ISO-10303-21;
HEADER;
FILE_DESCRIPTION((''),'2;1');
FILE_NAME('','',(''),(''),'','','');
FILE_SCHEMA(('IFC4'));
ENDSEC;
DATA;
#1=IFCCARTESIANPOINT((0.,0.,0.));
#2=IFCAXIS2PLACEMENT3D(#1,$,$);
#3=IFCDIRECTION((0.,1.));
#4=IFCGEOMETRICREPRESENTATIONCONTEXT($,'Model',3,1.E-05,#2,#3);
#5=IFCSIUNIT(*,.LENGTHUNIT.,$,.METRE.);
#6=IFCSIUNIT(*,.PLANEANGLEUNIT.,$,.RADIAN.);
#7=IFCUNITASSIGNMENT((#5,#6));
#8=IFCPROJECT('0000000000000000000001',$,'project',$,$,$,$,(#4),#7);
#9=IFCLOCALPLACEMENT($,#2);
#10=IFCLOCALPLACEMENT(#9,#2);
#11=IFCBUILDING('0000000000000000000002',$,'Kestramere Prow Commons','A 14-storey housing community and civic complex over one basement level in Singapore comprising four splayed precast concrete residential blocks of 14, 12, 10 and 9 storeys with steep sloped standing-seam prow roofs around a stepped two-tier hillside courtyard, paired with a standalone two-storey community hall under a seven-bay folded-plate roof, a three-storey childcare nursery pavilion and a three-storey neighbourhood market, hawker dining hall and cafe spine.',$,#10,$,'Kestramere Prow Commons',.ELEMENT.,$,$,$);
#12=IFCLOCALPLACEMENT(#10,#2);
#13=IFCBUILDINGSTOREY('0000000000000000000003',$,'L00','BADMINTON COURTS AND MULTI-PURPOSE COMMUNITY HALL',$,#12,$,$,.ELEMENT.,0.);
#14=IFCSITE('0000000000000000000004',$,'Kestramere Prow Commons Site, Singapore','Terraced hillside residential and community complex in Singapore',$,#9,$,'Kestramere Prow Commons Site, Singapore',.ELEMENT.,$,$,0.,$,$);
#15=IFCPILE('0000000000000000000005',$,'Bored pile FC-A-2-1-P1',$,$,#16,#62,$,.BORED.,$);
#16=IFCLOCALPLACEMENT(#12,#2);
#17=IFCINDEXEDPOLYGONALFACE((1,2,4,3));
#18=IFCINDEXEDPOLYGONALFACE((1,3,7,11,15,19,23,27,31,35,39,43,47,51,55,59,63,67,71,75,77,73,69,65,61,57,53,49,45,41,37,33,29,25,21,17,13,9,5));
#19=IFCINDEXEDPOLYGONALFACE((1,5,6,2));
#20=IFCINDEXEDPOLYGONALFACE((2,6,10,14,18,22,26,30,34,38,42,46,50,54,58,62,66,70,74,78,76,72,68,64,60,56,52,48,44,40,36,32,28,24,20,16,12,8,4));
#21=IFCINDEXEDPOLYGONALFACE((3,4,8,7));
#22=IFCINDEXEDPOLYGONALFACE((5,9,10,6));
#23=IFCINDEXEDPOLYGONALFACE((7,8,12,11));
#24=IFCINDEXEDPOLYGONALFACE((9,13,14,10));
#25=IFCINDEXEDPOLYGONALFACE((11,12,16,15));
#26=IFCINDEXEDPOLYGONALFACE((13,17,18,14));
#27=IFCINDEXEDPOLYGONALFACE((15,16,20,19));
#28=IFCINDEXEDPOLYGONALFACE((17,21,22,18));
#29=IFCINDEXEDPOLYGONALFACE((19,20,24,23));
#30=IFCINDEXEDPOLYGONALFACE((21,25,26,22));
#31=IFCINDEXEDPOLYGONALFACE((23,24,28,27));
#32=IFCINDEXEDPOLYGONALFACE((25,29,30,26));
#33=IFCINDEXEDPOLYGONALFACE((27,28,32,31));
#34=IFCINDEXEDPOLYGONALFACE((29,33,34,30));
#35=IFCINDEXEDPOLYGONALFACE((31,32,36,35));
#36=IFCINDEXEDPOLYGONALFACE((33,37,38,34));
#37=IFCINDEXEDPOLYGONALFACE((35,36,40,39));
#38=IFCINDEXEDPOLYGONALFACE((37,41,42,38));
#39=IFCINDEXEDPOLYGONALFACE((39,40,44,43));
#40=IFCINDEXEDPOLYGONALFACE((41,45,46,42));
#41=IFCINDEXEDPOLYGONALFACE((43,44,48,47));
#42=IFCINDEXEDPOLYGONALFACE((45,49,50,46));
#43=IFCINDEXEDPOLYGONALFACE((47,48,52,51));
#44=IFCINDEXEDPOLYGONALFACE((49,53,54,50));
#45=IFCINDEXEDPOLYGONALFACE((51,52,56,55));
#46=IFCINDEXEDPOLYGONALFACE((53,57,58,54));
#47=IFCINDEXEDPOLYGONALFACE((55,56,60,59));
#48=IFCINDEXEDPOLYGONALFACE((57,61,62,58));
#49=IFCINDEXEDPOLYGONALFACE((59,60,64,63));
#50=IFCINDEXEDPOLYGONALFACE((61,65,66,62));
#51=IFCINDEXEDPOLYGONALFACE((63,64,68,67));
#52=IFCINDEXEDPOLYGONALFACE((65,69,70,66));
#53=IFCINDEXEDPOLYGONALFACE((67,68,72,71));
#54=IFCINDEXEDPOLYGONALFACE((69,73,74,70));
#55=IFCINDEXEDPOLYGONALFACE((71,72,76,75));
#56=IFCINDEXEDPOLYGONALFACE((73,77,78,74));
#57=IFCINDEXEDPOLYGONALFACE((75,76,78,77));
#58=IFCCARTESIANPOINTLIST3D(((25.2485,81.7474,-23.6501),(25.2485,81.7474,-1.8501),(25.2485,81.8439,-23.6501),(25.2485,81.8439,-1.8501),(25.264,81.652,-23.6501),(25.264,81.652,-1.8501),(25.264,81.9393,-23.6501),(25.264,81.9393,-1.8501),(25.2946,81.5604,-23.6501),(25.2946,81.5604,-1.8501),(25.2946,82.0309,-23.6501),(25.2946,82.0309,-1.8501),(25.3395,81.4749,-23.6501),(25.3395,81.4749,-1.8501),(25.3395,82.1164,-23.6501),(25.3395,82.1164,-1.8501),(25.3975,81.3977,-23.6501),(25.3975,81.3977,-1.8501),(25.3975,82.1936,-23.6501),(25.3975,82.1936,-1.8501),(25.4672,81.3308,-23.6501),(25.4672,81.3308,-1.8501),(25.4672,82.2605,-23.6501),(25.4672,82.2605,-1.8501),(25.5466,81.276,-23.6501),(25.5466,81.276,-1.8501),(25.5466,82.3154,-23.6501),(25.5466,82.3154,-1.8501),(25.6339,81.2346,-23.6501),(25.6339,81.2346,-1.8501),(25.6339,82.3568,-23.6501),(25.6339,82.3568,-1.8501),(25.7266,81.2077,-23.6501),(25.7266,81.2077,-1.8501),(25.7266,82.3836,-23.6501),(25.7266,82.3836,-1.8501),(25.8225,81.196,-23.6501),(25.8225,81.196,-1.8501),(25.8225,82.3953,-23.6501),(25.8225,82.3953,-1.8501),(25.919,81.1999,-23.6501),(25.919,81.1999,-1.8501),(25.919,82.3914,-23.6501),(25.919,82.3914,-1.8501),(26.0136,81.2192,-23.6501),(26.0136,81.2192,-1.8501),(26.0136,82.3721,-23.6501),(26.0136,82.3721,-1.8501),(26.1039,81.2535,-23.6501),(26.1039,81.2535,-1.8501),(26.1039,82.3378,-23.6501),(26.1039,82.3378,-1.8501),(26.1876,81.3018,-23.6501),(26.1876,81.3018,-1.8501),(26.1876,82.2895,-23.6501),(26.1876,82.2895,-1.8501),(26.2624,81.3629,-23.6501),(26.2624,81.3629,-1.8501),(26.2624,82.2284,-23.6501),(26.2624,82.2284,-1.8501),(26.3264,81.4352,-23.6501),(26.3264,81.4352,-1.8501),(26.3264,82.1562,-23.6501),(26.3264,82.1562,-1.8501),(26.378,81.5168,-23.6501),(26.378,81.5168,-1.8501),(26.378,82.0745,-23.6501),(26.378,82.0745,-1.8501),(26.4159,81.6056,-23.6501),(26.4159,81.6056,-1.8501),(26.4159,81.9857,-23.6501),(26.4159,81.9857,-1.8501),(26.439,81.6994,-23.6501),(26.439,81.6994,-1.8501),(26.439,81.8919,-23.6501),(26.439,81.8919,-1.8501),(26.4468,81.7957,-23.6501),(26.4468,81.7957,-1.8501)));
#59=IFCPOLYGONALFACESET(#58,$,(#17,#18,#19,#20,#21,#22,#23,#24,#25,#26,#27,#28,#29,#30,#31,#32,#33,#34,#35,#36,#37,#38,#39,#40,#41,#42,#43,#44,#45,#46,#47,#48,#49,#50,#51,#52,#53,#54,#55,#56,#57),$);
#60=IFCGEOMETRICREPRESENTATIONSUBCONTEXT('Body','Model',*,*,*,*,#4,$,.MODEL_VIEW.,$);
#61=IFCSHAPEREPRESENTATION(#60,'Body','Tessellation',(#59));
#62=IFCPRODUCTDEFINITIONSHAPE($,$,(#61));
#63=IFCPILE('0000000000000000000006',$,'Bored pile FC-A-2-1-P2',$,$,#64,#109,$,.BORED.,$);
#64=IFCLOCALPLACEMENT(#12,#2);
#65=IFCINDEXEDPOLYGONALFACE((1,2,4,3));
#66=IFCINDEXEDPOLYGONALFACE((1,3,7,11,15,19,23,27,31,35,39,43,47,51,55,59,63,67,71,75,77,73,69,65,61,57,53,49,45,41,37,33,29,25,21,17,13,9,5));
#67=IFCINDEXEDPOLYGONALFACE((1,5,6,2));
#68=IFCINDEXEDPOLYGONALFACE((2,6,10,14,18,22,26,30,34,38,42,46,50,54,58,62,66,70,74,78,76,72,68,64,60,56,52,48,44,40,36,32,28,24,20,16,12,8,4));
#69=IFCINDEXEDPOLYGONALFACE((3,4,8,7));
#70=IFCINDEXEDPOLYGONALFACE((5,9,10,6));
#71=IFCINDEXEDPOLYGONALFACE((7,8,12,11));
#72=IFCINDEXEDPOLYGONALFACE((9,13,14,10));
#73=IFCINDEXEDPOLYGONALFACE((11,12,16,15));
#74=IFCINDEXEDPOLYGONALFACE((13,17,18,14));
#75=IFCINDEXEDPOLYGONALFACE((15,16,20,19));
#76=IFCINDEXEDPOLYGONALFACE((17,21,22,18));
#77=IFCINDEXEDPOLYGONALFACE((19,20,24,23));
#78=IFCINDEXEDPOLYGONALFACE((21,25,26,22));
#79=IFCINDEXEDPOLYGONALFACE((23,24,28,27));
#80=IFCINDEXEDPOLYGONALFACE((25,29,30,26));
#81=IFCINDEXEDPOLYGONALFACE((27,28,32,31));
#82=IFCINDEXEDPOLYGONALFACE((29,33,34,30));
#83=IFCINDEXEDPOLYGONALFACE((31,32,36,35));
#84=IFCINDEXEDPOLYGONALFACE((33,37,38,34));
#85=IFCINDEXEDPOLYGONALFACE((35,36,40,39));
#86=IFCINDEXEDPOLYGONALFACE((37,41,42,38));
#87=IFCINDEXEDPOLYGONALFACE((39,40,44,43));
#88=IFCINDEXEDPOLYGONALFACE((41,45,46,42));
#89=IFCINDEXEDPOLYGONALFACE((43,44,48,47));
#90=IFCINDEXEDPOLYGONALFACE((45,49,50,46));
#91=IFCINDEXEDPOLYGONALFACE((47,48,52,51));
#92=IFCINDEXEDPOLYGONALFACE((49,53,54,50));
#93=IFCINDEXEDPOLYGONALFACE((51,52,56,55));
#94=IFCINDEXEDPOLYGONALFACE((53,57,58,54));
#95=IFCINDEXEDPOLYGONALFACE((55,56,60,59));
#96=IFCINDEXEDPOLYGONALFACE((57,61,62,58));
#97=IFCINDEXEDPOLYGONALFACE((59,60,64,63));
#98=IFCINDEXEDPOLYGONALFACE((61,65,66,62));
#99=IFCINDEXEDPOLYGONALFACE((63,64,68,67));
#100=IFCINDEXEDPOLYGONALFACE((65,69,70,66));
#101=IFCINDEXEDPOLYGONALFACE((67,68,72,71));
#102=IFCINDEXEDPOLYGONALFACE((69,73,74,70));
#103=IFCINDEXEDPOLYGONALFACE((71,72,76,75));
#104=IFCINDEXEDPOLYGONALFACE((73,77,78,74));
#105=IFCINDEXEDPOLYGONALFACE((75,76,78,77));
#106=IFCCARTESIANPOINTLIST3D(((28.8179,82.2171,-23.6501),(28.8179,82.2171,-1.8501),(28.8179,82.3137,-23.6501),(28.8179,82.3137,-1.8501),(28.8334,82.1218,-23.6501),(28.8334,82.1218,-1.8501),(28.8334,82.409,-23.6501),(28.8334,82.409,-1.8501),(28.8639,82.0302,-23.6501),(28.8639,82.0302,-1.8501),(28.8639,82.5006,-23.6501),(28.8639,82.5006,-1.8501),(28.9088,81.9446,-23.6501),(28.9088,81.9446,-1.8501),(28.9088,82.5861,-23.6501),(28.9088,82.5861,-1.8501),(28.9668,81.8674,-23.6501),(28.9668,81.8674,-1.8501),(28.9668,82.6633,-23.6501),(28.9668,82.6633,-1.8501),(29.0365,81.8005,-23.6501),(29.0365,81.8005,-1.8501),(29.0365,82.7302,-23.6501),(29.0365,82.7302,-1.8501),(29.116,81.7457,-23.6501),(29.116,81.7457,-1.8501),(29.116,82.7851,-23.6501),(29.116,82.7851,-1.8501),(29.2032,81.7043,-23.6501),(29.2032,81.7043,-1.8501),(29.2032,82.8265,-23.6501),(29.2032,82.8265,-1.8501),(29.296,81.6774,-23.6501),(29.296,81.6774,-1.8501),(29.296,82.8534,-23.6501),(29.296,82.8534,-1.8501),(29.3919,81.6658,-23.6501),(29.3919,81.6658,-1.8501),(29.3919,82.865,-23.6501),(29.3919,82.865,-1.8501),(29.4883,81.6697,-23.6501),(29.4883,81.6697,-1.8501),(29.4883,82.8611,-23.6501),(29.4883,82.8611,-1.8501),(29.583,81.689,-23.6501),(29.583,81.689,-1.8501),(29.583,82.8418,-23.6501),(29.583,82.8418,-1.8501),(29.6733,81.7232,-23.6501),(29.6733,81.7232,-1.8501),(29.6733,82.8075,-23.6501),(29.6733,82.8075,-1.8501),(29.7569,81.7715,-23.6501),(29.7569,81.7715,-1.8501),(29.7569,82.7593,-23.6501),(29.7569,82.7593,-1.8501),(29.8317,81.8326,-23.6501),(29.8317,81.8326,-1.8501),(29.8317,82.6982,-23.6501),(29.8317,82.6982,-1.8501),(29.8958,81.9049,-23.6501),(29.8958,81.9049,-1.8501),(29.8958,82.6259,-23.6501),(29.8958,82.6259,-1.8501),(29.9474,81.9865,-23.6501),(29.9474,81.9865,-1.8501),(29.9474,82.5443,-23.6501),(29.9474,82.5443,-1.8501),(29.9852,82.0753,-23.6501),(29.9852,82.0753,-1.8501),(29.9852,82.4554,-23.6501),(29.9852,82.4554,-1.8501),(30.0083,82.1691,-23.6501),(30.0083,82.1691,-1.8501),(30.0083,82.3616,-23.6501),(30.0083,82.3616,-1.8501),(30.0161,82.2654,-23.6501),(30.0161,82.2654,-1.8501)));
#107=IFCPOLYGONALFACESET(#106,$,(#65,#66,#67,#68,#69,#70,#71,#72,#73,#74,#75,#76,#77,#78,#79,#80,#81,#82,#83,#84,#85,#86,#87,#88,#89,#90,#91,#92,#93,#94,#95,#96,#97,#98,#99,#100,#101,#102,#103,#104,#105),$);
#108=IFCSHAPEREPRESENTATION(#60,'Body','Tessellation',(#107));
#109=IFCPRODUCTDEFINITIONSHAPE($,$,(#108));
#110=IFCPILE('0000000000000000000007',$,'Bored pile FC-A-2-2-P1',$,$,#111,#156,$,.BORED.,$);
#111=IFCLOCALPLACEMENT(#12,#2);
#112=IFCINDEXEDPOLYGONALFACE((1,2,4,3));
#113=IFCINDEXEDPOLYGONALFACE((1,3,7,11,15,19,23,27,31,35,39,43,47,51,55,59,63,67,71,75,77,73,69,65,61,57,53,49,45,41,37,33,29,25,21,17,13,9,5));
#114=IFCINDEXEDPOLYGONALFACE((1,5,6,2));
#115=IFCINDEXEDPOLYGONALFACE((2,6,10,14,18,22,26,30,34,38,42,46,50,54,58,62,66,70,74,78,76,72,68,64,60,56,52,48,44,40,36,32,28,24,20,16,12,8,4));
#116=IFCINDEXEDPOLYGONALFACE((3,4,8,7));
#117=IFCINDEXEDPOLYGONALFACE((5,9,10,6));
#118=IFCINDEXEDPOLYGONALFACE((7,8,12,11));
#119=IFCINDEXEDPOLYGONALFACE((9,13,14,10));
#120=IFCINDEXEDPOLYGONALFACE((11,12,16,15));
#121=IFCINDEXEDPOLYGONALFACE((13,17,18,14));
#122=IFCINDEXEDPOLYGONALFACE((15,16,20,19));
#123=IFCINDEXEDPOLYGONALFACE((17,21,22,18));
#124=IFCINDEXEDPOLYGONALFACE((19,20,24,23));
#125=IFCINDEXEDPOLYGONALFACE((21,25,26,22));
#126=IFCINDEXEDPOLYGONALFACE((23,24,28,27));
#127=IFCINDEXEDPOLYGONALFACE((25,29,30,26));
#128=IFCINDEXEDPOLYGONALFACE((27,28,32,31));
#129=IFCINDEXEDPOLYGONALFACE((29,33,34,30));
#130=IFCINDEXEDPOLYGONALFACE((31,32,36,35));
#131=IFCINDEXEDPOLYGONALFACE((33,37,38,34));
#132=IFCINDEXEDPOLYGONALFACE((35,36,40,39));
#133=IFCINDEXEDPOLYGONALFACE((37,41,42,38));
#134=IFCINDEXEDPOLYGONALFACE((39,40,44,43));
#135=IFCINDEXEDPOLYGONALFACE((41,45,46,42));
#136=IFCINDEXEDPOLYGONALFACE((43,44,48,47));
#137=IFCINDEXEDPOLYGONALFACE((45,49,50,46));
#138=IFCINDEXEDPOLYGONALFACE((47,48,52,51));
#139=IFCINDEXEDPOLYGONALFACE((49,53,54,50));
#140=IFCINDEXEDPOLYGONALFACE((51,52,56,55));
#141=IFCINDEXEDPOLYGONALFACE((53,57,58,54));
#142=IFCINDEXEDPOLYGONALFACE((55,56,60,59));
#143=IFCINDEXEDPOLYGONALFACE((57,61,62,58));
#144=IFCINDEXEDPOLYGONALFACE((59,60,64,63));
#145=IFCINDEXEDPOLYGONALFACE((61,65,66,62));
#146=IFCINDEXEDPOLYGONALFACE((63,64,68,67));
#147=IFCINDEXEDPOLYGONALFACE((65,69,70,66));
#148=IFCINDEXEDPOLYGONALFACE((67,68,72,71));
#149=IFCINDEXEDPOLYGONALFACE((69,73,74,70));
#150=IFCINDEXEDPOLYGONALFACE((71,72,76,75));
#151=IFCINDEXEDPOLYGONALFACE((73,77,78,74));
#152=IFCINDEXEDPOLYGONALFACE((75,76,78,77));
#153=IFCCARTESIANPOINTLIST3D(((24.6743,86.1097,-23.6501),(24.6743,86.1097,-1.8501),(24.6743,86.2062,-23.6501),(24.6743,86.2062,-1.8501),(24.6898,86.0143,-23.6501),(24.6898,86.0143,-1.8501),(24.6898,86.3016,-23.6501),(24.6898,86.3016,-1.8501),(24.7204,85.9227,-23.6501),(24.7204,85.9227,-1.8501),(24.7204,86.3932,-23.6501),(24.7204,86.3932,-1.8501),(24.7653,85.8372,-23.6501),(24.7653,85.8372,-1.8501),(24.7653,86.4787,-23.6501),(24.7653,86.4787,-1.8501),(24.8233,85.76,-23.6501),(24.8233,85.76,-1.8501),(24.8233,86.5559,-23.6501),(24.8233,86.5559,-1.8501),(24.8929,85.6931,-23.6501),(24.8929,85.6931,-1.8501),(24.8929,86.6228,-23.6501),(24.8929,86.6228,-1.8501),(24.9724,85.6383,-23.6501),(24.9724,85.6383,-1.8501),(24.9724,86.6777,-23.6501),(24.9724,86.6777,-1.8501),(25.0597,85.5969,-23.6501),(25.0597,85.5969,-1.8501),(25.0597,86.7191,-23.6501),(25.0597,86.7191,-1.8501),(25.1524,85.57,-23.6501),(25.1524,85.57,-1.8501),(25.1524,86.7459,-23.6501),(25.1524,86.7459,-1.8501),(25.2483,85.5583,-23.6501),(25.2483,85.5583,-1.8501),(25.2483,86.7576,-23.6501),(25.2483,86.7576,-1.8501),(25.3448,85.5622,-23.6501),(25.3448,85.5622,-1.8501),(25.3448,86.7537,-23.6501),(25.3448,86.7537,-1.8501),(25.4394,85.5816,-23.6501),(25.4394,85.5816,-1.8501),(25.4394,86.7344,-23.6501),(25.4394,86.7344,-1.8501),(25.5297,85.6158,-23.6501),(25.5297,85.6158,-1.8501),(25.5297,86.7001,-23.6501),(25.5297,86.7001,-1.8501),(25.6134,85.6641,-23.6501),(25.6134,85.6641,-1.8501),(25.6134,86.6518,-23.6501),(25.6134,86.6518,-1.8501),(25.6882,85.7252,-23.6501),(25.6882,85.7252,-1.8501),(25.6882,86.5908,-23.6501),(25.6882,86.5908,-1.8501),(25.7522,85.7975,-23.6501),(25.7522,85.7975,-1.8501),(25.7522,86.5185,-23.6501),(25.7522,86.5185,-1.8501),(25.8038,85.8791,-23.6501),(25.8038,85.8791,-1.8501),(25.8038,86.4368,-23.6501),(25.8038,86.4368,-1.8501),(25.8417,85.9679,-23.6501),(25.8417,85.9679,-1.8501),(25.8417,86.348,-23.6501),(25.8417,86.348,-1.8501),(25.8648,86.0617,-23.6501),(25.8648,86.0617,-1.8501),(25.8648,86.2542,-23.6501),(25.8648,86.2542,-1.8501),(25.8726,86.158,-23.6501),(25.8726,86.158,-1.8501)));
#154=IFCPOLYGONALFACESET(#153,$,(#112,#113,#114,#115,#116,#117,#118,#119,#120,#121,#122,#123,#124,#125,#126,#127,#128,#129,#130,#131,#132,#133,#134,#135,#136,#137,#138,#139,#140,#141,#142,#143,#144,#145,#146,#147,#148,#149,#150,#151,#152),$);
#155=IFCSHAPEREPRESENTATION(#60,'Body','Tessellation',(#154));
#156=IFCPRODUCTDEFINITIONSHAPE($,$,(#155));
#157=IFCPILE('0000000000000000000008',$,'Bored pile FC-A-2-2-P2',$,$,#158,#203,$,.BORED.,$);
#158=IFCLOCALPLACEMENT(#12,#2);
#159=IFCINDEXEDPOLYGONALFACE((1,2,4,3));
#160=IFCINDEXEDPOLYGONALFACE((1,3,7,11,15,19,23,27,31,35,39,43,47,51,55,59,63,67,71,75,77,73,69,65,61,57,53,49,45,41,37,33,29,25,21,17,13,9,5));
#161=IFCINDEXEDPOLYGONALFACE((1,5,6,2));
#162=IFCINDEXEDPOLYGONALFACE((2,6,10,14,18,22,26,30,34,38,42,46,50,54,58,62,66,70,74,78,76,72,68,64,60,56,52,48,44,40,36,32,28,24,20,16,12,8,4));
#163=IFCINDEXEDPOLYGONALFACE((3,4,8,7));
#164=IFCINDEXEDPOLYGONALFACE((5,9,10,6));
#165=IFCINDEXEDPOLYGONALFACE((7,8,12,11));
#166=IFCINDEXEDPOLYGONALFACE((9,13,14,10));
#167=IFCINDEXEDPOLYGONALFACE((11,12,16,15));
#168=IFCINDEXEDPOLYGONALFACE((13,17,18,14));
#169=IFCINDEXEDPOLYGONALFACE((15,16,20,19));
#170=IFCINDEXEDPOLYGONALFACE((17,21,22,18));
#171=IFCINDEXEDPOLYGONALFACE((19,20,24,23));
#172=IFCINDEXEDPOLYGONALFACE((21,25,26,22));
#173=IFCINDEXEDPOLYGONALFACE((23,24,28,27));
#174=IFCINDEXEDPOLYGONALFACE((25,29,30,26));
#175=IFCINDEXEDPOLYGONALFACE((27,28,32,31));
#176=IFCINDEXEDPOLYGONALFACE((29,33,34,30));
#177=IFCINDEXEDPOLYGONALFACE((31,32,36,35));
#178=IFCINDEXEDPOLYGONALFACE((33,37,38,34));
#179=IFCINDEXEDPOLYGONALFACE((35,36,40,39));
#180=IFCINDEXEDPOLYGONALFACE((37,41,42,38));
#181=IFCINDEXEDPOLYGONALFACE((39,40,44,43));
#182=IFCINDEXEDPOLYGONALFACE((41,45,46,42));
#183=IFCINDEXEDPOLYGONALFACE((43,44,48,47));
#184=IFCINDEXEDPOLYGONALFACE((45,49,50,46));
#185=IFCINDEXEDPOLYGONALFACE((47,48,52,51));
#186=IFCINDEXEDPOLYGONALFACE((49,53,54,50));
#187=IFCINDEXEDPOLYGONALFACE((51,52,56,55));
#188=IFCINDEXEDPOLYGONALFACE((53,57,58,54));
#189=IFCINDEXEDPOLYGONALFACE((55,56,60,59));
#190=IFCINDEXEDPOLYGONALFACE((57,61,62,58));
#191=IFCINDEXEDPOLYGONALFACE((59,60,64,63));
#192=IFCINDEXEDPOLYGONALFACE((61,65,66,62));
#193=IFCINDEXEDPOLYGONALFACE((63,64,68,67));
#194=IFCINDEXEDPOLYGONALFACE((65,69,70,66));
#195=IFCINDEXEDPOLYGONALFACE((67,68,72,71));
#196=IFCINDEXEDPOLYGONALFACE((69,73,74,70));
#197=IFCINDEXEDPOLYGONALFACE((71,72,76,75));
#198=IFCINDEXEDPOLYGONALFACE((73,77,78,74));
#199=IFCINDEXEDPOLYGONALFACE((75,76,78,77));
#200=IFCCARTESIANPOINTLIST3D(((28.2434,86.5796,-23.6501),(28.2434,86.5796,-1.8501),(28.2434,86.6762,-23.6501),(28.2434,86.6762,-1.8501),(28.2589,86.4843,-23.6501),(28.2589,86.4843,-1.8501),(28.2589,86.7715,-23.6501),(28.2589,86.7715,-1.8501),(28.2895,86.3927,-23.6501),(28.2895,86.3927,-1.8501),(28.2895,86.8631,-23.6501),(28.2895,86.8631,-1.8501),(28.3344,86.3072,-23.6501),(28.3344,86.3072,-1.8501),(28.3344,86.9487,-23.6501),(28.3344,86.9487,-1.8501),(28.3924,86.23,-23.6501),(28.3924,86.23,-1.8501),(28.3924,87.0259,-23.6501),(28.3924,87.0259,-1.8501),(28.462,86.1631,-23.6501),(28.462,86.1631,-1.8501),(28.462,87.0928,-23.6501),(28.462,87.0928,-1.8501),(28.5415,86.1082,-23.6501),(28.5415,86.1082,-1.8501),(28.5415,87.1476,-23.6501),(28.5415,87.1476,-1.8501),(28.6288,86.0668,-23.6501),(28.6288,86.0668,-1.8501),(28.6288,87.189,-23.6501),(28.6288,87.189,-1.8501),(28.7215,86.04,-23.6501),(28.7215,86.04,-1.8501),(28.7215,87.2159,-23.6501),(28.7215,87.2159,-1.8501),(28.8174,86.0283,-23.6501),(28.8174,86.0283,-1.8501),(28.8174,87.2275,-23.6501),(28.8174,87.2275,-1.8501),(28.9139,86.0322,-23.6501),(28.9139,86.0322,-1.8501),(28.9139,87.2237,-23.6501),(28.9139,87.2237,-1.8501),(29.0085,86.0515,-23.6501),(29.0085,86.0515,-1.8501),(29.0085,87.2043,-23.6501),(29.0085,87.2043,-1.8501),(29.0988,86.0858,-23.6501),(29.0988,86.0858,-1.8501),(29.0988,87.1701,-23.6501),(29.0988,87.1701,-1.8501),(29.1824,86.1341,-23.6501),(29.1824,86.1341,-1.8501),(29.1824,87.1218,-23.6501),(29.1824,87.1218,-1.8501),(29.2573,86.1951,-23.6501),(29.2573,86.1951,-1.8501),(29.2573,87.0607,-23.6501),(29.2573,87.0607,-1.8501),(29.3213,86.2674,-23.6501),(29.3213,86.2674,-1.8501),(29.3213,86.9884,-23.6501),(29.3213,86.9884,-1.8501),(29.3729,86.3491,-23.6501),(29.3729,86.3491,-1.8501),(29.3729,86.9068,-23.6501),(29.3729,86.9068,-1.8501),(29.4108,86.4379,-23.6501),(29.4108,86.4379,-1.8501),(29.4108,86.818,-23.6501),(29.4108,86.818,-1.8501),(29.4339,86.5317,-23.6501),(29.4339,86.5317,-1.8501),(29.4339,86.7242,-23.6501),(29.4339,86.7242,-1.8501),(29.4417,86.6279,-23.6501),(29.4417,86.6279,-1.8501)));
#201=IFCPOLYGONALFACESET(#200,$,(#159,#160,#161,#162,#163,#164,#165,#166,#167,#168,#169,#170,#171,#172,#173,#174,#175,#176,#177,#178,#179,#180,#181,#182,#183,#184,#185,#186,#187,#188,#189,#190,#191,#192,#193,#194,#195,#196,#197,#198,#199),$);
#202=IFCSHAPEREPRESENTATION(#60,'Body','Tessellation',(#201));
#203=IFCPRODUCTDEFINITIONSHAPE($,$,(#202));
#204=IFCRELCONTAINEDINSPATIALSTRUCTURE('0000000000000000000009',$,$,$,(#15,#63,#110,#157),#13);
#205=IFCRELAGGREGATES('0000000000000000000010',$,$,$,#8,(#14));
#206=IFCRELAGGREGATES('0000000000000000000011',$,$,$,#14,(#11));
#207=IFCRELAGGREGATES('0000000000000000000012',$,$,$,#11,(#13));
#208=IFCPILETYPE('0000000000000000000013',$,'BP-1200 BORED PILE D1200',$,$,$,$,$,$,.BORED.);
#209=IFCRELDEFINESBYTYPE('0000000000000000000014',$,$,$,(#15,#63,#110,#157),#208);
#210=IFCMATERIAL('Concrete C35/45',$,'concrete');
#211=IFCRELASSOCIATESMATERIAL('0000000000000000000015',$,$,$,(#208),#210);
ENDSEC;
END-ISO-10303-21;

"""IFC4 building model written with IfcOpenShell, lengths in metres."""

from ifc_helpers import new_model, si_unit, direction, frame, origin, origin_2d, place, context, subcontext, project, spatial, circle, extrude, material, material_profile, profile_set, type_object, element, save


model = new_model("IFC4")

# Units and contexts
model_context = context("Model", 3, precision=1e-05, world=origin(), true_north=direction((0.0, 1.0)))
body_context = subcontext(model_context, "Body", "Model", "MODEL_VIEW")
ifc_project = project(units=[si_unit("LENGTHUNIT", "METRE"), si_unit("PLANEANGLEUNIT", "RADIAN")], contexts=[model_context])

# Site, building, storey
site_placement = place(None, origin())
site = spatial("IfcSite", under=ifc_project, at=site_placement, Name="Kestramere Prow Commons Site, Singapore", Description="Terraced hillside residential and community complex in Singapore", LongName="Kestramere Prow Commons Site, Singapore", CompositionType="ELEMENT", RefElevation=0.0)
building_placement = place(site_placement, origin())
building = spatial("IfcBuilding", under=site, at=building_placement, Name="Kestramere Prow Commons", Description="A 14-storey housing community and civic complex over one basement level in Singapore comprising four splayed precast concrete residential blocks of 14, 12, 10 and 9 storeys with steep sloped standing-seam prow roofs around a stepped two-tier hillside courtyard, paired with a standalone two-storey community hall under a seven-bay folded-plate roof, a three-storey childcare nursery pavilion and a three-storey neighbourhood market, hawker dining hall and cafe spine.", LongName="Kestramere Prow Commons", CompositionType="ELEMENT")
storey_placement = place(building_placement, origin())
storey = spatial("IfcBuildingStorey", under=building, at=storey_placement, Name="L00", Description="BADMINTON COURTS AND MULTI-PURPOSE COMMUNITY HALL", CompositionType="ELEMENT", Elevation=0.0)

# Piles
ifc_material_1 = material(Name="Concrete C35/45", Category="concrete")
ifc_material_profile_1 = material_profile(ifc_material_1, circle(Radius=0.6001, at=origin_2d()), Name="BORED PILE D1200")
ifc_profile_set_1 = profile_set([ifc_material_profile_1], Name="Concrete C35/45")
pile_type = type_object("IfcPileType", Name="BP-1200 BORED PILE D1200", PredefinedType="BORED", material=ifc_profile_set_1)
for number, where, z_axis, x_axis, name in (
    (1, (25.8467, 81.7957, -1.8501), (0.0, 0.0, -1.0), (1.0, 0.0, 0.0), "Bored pile FC-A-2-1-P1"),
    (2, (29.416, 82.2654, -1.8501), (0.0, 0.0, -1.0), (1.0, 0.0, 0.0), "Bored pile FC-A-2-1-P2"),
    (3, (25.2725, 86.158, -1.8501), (0.0, 0.0, -1.0), (1.0, 0.0, 0.0), "Bored pile FC-A-2-2-P1"),
    (4, (28.8416, 86.6279, -1.8501), (0.0, 0.0, -1.0), (1.0, 0.0, 0.0), "Bored pile FC-A-2-2-P2"),
):
    element("IfcPile", number, at=place(storey_placement, frame(where, z_axis=z_axis, x_axis=x_axis)), inside=storey, type_object=pile_type, Name=name, PredefinedType="BORED", context=body_context, shape_type="SweptSolid", body=[
        extrude(circle(Radius=0.6001, at=origin_2d()), origin(), (0.0, 0.0, 1.0), 21.8),
    ])

save(model, "model.ifc")
